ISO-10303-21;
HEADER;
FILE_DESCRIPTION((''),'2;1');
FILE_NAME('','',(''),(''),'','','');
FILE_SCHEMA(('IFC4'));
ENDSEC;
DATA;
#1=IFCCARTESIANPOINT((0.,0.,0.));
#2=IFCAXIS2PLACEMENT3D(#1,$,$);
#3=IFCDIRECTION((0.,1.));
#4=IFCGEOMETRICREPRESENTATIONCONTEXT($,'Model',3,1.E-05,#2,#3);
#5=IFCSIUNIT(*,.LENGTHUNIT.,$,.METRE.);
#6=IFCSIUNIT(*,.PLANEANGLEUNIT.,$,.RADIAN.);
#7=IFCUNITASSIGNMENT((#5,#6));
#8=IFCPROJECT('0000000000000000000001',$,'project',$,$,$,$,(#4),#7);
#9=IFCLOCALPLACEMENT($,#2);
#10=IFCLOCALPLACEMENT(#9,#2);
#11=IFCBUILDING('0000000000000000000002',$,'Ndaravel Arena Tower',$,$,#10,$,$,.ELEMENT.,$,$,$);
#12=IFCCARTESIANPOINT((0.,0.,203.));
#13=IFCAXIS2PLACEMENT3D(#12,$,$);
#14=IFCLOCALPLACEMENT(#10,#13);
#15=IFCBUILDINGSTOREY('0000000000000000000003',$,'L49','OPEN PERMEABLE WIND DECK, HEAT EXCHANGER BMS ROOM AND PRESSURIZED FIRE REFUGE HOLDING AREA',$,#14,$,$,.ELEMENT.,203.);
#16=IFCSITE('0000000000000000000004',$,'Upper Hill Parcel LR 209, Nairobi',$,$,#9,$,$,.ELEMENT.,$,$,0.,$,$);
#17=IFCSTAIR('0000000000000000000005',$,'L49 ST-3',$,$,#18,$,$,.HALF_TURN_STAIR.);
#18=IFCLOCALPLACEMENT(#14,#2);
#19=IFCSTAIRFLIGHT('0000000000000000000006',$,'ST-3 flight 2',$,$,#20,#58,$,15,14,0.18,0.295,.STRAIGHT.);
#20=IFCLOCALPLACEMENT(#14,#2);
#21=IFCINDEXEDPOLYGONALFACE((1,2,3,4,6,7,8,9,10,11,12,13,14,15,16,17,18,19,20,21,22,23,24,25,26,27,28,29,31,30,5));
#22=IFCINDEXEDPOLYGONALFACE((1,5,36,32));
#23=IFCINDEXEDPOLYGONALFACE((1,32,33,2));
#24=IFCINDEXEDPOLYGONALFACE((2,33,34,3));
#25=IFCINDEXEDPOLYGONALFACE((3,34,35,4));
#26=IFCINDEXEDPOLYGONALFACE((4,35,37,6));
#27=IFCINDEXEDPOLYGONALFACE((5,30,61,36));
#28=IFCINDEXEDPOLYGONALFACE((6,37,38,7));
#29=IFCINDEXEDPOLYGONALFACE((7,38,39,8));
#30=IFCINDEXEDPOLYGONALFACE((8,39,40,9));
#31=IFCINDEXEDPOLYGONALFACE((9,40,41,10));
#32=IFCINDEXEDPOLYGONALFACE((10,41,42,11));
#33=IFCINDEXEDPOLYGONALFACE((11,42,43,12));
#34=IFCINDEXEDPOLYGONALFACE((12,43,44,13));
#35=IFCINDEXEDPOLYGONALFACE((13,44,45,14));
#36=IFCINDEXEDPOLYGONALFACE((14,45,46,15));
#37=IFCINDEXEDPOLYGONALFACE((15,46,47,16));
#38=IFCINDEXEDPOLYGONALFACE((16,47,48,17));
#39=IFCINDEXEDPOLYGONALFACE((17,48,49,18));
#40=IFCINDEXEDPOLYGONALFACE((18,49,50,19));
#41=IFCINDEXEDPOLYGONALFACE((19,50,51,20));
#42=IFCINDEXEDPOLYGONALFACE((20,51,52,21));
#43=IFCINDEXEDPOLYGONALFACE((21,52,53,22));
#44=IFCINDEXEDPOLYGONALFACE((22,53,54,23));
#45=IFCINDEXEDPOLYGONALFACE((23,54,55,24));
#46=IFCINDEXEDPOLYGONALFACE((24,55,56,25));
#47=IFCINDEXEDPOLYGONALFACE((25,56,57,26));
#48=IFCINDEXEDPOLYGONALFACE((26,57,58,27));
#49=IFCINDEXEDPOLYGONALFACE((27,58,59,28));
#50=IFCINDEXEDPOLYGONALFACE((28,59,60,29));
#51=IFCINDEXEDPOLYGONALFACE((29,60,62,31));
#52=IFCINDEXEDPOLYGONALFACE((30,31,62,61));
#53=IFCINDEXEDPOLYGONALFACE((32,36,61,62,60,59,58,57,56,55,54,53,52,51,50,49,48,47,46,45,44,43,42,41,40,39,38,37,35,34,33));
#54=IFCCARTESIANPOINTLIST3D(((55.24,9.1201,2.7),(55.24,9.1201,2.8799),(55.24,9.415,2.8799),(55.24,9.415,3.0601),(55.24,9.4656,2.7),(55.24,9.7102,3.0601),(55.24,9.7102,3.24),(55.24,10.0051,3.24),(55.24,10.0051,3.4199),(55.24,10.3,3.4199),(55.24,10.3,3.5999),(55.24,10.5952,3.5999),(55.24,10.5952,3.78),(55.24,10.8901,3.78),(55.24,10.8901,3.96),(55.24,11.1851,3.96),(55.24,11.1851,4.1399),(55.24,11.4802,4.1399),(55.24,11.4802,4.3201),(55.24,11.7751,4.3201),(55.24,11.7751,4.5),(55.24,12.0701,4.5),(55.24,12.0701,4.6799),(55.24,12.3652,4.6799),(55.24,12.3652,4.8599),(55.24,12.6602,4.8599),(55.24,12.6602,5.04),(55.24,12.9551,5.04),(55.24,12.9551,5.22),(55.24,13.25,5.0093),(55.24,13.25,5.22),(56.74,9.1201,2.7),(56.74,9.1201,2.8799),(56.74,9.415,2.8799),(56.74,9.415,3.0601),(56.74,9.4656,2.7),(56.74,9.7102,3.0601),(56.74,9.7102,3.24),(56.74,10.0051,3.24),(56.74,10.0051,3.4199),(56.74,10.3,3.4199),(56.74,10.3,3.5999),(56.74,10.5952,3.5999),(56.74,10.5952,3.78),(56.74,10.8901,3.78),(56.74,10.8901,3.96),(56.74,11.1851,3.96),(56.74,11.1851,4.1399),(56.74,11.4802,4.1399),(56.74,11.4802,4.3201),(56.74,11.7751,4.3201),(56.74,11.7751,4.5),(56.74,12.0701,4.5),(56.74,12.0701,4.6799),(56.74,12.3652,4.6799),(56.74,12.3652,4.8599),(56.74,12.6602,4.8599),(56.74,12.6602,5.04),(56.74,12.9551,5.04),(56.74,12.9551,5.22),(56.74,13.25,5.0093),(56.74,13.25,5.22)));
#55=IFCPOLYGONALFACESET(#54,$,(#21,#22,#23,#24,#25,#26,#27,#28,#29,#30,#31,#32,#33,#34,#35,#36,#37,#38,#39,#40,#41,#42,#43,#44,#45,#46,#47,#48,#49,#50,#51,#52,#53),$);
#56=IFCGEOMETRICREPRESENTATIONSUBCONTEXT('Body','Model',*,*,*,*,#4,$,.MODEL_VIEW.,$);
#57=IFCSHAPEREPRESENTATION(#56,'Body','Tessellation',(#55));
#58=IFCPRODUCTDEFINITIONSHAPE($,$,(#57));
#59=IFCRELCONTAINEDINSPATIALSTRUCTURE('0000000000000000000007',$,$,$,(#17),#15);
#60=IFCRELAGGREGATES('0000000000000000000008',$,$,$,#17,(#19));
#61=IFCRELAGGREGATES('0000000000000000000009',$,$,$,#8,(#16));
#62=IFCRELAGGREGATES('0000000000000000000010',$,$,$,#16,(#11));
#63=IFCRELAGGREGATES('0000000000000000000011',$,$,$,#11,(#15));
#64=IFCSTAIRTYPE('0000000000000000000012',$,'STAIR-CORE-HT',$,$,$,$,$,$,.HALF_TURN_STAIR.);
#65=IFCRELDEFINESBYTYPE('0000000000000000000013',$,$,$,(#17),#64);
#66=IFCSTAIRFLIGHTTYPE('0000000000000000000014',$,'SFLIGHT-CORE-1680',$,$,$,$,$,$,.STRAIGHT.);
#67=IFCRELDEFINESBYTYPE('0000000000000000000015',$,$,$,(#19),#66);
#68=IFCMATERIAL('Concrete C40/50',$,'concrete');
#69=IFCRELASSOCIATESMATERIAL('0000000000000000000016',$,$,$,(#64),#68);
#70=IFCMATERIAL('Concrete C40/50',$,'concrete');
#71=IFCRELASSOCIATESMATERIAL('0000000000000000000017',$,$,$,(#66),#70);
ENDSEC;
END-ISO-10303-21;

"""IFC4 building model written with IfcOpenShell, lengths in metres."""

from ifc_helpers import new_model, si_unit, direction, frame, origin, place, context, subcontext, project, spatial, polyline, outline, extrude, material, type_object, element, aggregate, save


model = new_model("IFC4")

# Units and contexts
model_context = context("Model", 3, precision=1e-05, world=origin(), true_north=direction((0.0, 1.0)))
body_context = subcontext(model_context, "Body", "Model", "MODEL_VIEW")
ifc_project = project(units=[si_unit("LENGTHUNIT", "METRE"), si_unit("PLANEANGLEUNIT", "RADIAN")], contexts=[model_context])

# Site, building, storey
site_placement = place(None, origin())
site = spatial("IfcSite", under=ifc_project, at=site_placement, Name="Upper Hill Parcel LR 209, Nairobi", CompositionType="ELEMENT", RefElevation=0.0)
building_placement = place(site_placement, origin())
building = spatial("IfcBuilding", under=site, at=building_placement, Name="Ndaravel Arena Tower", CompositionType="ELEMENT")
storey_placement = place(building_placement, frame((0.0, 0.0, 203.0)))
storey = spatial("IfcBuildingStorey", under=building, at=storey_placement, Name="L49", Description="OPEN PERMEABLE WIND DECK, HEAT EXCHANGER BMS ROOM AND PRESSURIZED FIRE REFUGE HOLDING AREA", CompositionType="ELEMENT", Elevation=203.0)

# Stair, stair flight
ifc_material_1 = material(Name="Concrete C40/50", Category="concrete")
stair_type = type_object("IfcStairType", Name="STAIR-CORE-HT", PredefinedType="HALF_TURN_STAIR", material=ifc_material_1)
stair_placement = place(storey_placement, origin())
stair = element("IfcStair", 1, at=stair_placement, inside=storey, type_object=stair_type, Name="L49 ST-3", PredefinedType="HALF_TURN_STAIR")
ifc_material_2 = material(Name="Concrete C40/50", Category="concrete")
stair_flight_type = type_object("IfcStairFlightType", Name="SFLIGHT-CORE-1680", PredefinedType="STRAIGHT", material=ifc_material_2)
stair_flight_placement = place(storey_placement, frame((55.99, 9.1201, 2.7), z_axis=(0.0, 0.0, 1.0), x_axis=(0.0, 1.0, 0.0)))
stair_flight = element("IfcStairFlight", 2, at=stair_flight_placement, type_object=stair_flight_type, Name="ST-3 flight 2", NumberOfRisers=15, NumberOfTreads=14, PredefinedType="STRAIGHT", RiserHeight=0.18, TreadLength=0.295, context=body_context, shape_type="SweptSolid", body=[
    extrude(outline(polyline([(0.0, 0.0), (0.0, 0.1799), (0.2949, 0.1799), (0.2949, 0.3601), (0.5901, 0.3601), (0.5901, 0.54), (0.885, 0.54), (0.885, 0.72), (1.1799, 0.72), (1.1799, 0.8999), (1.4751, 0.8999), (1.4751, 1.0801), (1.77, 1.0801), (1.77, 1.26), (2.0649, 1.26), (2.0649, 1.4399), (2.3601, 1.4399), (2.3601, 1.6201), (2.655, 1.6201), (2.655, 1.8), (2.95, 1.8), (2.95, 1.98), (3.2451, 1.98), (3.2451, 2.1599), (3.54, 2.1599), (3.54, 2.3401), (3.835, 2.3401), (3.835, 2.52), (4.1299, 2.52), (4.1299, 2.7), (4.1299, 2.3093), (0.3455, 0.0), (0.0, 0.0)])), frame((0.0, 0.75, 0.0), z_axis=(0.0, -1.0, 0.0), x_axis=(1.0, 0.0, 0.0)), (0.0, 0.0, 1.0), 1.5),
])
aggregate(stair, [stair_flight])

save(model, "model.ifc")
